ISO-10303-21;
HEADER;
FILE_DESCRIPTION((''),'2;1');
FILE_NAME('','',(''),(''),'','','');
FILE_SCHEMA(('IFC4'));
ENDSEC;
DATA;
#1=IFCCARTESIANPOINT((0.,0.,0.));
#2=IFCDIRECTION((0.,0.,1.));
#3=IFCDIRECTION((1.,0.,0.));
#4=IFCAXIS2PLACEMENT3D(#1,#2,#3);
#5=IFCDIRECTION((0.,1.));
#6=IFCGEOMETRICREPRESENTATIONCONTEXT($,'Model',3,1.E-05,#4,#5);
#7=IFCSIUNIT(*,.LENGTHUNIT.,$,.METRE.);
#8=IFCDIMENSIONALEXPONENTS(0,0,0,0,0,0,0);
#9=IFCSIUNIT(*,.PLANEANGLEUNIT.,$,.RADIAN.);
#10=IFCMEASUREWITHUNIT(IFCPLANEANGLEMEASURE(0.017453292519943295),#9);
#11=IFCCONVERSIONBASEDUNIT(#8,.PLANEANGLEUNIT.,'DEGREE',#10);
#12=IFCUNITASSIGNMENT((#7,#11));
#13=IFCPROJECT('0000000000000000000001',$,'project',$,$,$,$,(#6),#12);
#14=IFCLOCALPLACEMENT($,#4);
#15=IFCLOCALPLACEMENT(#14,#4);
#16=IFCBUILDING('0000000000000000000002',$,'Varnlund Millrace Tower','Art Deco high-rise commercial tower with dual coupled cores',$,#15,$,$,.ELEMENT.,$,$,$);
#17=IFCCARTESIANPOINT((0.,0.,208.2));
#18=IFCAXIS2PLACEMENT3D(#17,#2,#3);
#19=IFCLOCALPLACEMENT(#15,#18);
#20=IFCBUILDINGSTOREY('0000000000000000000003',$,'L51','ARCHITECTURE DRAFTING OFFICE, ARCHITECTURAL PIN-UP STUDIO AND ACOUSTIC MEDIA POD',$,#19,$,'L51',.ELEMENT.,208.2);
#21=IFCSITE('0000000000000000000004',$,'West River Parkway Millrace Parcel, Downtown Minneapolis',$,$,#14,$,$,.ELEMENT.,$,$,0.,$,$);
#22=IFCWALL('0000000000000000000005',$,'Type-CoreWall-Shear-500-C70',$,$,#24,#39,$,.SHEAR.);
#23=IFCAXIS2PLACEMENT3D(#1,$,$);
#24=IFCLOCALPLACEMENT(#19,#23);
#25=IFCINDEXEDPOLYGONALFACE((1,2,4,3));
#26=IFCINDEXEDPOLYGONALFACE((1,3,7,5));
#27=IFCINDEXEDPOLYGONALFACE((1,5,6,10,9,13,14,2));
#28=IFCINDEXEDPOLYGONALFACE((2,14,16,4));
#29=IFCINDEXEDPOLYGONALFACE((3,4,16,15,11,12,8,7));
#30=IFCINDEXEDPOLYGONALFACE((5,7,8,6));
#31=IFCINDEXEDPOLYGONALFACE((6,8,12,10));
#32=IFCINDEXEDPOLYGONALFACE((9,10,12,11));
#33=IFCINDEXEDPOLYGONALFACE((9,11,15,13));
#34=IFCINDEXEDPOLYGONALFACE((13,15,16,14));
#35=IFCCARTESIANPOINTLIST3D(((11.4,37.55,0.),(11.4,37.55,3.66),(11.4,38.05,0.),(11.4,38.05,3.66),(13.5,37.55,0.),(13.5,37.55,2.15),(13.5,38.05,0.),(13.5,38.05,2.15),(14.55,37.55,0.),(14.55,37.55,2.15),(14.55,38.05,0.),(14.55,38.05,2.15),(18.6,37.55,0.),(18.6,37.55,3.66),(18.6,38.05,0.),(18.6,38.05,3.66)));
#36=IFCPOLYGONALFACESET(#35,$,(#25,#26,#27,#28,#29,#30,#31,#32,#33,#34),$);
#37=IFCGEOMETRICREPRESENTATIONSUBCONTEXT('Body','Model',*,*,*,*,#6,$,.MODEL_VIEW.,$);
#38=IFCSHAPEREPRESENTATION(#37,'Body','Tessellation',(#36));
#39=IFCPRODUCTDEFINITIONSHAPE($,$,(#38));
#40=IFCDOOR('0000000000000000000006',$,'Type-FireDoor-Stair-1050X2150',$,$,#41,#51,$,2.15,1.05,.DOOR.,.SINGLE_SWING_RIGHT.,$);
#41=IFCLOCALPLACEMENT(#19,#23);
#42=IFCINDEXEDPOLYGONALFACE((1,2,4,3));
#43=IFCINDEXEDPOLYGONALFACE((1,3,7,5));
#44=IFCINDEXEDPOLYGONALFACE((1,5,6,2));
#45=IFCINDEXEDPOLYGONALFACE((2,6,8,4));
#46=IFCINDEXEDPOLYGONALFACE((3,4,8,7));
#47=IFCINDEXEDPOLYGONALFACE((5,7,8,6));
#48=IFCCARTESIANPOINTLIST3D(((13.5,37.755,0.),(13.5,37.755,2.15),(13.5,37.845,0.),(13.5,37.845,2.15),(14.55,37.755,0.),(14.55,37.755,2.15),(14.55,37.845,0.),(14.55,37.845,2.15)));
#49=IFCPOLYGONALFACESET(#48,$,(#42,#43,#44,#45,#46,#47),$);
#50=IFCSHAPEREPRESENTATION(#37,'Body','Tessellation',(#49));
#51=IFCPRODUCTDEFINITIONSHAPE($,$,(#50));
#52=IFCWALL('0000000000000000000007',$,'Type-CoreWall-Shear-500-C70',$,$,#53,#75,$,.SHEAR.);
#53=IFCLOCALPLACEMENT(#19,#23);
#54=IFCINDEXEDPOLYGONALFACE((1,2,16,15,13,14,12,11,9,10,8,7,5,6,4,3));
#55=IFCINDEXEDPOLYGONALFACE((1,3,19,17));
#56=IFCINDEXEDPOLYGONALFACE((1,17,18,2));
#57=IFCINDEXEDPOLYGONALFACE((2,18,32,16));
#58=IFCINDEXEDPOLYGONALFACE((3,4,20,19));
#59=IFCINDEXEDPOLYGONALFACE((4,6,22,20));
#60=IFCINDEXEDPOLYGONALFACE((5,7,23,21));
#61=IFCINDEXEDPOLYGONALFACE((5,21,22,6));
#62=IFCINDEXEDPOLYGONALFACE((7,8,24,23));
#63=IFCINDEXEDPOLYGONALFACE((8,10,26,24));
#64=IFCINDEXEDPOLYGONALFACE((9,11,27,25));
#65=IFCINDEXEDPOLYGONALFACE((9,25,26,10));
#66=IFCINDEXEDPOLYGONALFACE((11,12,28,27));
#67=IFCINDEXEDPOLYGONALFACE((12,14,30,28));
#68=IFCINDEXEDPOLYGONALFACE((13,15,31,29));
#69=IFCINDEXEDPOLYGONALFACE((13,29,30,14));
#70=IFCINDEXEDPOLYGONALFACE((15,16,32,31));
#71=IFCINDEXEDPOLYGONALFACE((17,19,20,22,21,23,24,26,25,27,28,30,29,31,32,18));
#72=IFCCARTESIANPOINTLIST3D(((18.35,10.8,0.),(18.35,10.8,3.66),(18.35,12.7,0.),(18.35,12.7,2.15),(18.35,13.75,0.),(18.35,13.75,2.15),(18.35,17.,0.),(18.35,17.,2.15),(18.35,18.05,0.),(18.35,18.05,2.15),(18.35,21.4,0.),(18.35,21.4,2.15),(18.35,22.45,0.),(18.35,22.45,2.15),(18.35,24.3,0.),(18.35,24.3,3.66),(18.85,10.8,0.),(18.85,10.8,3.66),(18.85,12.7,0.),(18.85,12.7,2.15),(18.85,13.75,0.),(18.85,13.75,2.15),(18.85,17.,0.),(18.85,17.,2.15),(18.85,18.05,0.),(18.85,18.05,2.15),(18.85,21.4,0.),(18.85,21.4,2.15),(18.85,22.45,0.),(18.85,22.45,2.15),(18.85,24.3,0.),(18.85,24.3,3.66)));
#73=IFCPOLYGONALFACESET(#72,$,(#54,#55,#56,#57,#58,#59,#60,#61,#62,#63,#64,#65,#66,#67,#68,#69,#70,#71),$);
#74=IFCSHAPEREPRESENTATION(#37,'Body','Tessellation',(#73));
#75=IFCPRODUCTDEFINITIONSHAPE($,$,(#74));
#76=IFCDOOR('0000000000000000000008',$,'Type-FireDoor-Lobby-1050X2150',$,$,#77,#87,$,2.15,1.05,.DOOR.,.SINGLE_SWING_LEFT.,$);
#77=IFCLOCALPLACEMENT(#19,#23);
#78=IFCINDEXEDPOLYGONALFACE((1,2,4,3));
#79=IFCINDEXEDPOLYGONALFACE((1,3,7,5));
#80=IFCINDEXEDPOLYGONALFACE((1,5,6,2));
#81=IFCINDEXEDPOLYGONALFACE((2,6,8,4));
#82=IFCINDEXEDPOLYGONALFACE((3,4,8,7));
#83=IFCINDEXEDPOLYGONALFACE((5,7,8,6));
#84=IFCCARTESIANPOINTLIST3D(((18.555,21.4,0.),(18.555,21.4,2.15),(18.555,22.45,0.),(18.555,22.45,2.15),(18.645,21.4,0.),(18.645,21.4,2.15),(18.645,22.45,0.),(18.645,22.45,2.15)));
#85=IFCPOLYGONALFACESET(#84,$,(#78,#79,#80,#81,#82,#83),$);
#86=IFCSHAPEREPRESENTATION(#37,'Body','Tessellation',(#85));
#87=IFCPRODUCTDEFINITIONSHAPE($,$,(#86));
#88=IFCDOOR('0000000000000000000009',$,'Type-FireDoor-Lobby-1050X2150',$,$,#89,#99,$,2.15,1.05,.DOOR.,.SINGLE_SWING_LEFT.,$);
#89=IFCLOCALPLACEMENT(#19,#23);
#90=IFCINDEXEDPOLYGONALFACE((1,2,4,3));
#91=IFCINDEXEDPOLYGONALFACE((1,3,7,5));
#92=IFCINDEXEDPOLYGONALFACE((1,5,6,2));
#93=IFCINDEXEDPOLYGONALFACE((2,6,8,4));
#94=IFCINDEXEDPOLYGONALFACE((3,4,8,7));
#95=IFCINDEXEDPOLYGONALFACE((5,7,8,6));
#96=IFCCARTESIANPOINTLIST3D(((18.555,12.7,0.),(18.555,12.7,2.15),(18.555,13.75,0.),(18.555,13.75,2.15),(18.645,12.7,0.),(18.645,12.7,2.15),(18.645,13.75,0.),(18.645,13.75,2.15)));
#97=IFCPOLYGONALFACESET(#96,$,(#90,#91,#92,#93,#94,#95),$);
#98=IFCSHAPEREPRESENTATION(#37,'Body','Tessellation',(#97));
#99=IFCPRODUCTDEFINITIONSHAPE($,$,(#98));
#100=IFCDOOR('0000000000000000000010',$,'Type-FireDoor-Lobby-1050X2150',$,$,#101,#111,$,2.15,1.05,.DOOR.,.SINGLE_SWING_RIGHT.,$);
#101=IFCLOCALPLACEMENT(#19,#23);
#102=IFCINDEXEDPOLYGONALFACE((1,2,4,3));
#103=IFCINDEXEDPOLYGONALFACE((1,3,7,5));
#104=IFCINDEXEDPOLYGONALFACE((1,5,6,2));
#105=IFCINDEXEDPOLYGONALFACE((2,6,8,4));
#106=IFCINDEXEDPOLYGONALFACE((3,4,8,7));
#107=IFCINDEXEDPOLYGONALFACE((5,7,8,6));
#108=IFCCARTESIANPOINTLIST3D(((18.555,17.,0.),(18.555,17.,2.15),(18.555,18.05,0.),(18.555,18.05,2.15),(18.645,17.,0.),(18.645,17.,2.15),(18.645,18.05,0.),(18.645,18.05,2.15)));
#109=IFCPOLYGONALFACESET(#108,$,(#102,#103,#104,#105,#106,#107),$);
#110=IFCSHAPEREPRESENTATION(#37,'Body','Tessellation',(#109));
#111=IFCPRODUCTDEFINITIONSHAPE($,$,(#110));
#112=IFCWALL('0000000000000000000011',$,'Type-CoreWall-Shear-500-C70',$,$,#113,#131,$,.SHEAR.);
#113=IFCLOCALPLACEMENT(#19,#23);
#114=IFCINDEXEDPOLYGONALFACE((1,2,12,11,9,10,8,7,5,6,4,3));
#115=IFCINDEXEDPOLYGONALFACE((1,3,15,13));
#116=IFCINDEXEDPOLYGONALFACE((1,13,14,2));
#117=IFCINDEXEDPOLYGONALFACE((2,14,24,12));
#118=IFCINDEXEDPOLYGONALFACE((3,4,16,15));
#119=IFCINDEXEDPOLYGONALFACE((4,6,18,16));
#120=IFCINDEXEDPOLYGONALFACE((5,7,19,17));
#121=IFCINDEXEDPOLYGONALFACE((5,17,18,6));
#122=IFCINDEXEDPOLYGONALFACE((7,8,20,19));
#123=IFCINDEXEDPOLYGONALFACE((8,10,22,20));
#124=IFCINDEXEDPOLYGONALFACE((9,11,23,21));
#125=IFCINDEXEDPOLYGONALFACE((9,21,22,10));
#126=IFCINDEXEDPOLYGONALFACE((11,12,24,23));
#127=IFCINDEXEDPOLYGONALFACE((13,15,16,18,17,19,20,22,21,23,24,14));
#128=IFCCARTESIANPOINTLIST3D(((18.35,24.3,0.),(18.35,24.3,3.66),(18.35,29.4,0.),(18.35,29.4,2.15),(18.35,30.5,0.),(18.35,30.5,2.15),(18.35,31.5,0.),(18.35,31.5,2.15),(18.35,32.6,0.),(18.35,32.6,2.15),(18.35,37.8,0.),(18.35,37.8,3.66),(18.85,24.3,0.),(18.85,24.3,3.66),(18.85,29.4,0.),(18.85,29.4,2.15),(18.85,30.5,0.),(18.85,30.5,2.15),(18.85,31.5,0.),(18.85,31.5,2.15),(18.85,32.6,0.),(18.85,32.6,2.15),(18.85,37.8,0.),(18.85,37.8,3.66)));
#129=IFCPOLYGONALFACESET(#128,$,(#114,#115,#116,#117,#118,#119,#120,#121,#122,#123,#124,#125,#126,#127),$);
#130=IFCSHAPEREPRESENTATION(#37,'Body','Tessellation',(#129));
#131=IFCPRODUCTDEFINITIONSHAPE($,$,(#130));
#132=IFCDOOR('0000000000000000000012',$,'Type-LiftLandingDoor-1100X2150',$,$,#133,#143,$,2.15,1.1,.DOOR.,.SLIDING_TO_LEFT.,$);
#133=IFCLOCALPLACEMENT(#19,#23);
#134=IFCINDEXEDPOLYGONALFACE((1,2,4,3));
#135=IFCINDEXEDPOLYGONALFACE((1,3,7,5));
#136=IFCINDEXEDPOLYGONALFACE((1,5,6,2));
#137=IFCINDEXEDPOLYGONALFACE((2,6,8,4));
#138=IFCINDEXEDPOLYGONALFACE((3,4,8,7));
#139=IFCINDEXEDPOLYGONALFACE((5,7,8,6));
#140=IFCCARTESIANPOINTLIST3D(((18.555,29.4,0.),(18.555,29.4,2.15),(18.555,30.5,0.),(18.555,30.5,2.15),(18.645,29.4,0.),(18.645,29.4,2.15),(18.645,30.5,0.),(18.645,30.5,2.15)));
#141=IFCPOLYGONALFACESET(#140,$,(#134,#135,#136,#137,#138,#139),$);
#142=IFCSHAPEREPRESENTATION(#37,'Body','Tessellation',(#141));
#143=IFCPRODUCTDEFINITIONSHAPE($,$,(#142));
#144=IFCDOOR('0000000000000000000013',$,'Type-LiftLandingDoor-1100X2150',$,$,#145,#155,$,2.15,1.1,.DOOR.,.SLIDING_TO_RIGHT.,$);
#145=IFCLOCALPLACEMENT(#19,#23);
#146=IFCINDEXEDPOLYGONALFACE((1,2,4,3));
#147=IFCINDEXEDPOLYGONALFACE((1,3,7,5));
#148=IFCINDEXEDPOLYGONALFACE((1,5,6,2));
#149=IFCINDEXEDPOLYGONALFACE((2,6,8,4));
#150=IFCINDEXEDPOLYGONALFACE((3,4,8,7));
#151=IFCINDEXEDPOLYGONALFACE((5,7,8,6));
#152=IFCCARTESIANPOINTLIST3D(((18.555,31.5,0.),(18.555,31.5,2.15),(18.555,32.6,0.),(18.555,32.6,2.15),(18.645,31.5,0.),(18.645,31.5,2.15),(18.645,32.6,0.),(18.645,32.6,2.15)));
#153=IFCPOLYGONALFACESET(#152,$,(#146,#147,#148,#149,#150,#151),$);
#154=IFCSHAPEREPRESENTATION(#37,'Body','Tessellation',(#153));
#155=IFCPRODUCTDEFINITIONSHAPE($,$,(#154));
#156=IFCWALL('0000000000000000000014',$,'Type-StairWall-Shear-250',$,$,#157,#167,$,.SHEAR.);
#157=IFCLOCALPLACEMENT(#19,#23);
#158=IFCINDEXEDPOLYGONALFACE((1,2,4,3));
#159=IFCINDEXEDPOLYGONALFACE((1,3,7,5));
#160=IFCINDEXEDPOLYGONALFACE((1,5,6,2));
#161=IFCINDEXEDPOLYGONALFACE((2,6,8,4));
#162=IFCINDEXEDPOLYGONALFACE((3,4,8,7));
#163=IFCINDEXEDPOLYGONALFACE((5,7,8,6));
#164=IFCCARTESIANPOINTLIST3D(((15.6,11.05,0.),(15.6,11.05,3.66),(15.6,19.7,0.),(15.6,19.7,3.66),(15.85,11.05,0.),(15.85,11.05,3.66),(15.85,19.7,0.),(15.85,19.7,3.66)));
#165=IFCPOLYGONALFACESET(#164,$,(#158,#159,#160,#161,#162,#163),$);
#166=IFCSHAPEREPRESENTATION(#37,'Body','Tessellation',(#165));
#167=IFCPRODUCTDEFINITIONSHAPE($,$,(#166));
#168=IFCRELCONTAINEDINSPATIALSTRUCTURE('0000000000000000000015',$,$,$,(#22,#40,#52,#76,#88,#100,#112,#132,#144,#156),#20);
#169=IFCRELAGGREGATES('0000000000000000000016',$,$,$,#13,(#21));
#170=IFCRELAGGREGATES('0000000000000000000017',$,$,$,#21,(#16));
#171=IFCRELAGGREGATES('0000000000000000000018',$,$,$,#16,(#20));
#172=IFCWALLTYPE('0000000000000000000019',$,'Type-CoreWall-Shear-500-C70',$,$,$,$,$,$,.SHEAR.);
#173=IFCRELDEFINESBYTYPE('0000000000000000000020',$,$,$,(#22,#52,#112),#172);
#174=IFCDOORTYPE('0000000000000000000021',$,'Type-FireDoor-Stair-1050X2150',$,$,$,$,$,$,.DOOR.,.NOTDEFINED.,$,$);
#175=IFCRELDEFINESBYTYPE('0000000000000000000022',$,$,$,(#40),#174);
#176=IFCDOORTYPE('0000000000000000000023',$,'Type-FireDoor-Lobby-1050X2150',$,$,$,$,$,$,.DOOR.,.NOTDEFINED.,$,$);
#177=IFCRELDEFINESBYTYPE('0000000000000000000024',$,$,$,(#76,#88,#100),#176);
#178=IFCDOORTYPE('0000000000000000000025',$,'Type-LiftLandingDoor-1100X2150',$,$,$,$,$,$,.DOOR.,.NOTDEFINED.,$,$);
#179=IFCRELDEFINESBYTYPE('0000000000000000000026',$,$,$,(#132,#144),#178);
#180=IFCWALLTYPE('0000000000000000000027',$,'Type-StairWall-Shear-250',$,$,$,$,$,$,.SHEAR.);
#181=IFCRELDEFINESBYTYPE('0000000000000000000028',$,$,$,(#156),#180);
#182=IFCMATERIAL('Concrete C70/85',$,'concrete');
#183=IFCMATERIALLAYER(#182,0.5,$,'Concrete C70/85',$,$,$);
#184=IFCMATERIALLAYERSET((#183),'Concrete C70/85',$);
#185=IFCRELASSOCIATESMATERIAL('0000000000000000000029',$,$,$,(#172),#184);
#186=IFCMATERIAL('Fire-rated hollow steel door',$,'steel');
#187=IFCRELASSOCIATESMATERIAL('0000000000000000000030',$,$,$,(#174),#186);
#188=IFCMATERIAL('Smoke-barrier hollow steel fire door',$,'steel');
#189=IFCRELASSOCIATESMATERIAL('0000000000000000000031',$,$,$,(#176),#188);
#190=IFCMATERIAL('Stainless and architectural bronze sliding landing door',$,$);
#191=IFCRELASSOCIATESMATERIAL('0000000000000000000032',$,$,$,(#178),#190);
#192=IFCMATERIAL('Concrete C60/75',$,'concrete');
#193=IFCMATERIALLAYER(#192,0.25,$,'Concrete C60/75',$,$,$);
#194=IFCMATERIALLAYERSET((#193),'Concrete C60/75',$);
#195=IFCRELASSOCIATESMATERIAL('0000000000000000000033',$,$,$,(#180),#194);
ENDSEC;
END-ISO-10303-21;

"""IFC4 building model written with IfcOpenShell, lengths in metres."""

from ifc_helpers import new_model, entity, si_unit, converted_unit, direction, frame, origin_with_axes, origin_2d_with_axis, place, context, subcontext, project, spatial, polyline, rectangle, outline, extrude, material, layer, layer_set, type_object, element, fill, save


model = new_model("IFC4")

# Units and contexts
model_context = context("Model", 3, precision=1e-05, world=origin_with_axes(), true_north=direction((0.0, 1.0)))
body_context = subcontext(model_context, "Body", "Model", "MODEL_VIEW")
ifc_project = project(units=[si_unit("LENGTHUNIT", "METRE"), converted_unit("PLANEANGLEUNIT", "DEGREE", entity("IfcPlaneAngleMeasure", 0.017453292519943295), si_unit("PLANEANGLEUNIT", "RADIAN"), dimensions=[0, 0, 0, 0, 0, 0, 0])], contexts=[model_context])

# Site, building, storey
site_placement = place(None, origin_with_axes())
site = spatial("IfcSite", under=ifc_project, at=site_placement, Name="West River Parkway Millrace Parcel, Downtown Minneapolis", CompositionType="ELEMENT", RefElevation=0.0)
building_placement = place(site_placement, origin_with_axes())
building = spatial("IfcBuilding", under=site, at=building_placement, Name="Varnlund Millrace Tower", Description="Art Deco high-rise commercial tower with dual coupled cores", CompositionType="ELEMENT")
storey_placement = place(building_placement, frame((0.0, 0.0, 208.2), z_axis=(0.0, 0.0, 1.0), x_axis=(1.0, 0.0, 0.0)))
storey = spatial("IfcBuildingStorey", under=building, at=storey_placement, Name="L51", Description="ARCHITECTURE DRAFTING OFFICE, ARCHITECTURAL PIN-UP STUDIO AND ACOUSTIC MEDIA POD", LongName="L51", CompositionType="ELEMENT", Elevation=208.2)

# Shared definitions
ifc_material_1 = material(Name="Concrete C60/75", Category="concrete")

# Shared definitions
ifc_material_2 = material(Name="Concrete C70/85", Category="concrete")
ifc_layer_1 = layer(ifc_material_2, 0.5, Name="Concrete C70/85")
ifc_layer_set_1 = layer_set([ifc_layer_1], Name="Concrete C70/85")
wall_type_1 = type_object("IfcWallType", Name="Type-CoreWall-Shear-500-C70", PredefinedType="SHEAR", material=ifc_layer_set_1)

# Wall, opening, door
ifc_material_3 = material(Name="Fire-rated hollow steel door", Category="steel")
door_type_1 = type_object("IfcDoorType", Name="Type-FireDoor-Stair-1050X2150", OperationType="NOTDEFINED", PredefinedType="DOOR", material=ifc_material_3)
wall_1_placement = place(storey_placement, frame((11.4, 37.8, 0.0), z_axis=(0.0, 0.0, 1.0), x_axis=(1.0, 0.0, 0.0)))
wall_1 = element("IfcWall", 1, at=wall_1_placement, inside=storey, type_object=wall_type_1, Name="Type-CoreWall-Shear-500-C70", PredefinedType="SHEAR", context=body_context, shape_type="SweptSolid", body=[
    extrude(outline(polyline([(0.0, -0.25), (7.2, -0.25), (7.2, 0.25), (0.0, 0.25), (0.0, -0.25)])), origin_with_axes(), (0.0, 0.0, 1.0), 3.66),
])
opening_1_placement = place(wall_1_placement, frame((2.625, 0.0, 0.0), z_axis=(0.0, 0.0, 1.0), x_axis=(1.0, 0.0, 0.0)))
opening_1 = element("IfcOpeningElement", 2, at=opening_1_placement, cuts=wall_1, PredefinedType="OPENING", context=body_context, shape_type="SweptSolid", body=[
    extrude(rectangle(XDim=1.05, YDim=0.52, at=origin_2d_with_axis()), origin_with_axes(), (0.0, 0.0, 1.0), 2.15),
])
door_1_placement = place(wall_1_placement, frame((2.625, 0.0, 0.0), z_axis=(0.0, 0.0, 1.0), x_axis=(1.0, 0.0, 0.0)))
door_1 = element("IfcDoor", 3, at=door_1_placement, inside=storey, type_object=door_type_1, Name="Type-FireDoor-Stair-1050X2150", OperationType="SINGLE_SWING_RIGHT", OverallHeight=2.15, OverallWidth=1.05, PredefinedType="DOOR", context=body_context, shape_type="SweptSolid", body=[
    extrude(rectangle(XDim=1.05, YDim=0.09, at=origin_2d_with_axis()), origin_with_axes(), (0.0, 0.0, 1.0), 2.15),
])
fill(opening_1, door_1)

# Walls, openings, doors
wall_2_placement = place(storey_placement, frame((18.6, 10.8, 0.0), z_axis=(0.0, 0.0, 1.0), x_axis=(0.0, 1.0, 0.0)))
wall_2 = element("IfcWall", 4, at=wall_2_placement, inside=storey, type_object=wall_type_1, Name="Type-CoreWall-Shear-500-C70", PredefinedType="SHEAR", context=body_context, shape_type="SweptSolid", body=[
    extrude(outline(polyline([(0.0, -0.25), (13.5, -0.25), (13.5, 0.25), (0.0, 0.25), (0.0, -0.25)])), origin_with_axes(), (0.0, 0.0, 1.0), 3.66),
])
opening_2_placement = place(wall_2_placement, frame((11.125, 0.0, 0.0), z_axis=(0.0, 0.0, 1.0), x_axis=(1.0, 0.0, 0.0)))
opening_2 = element("IfcOpeningElement", 5, at=opening_2_placement, cuts=wall_2, PredefinedType="OPENING", context=body_context, shape_type="SweptSolid", body=[
    extrude(rectangle(XDim=1.05, YDim=0.52, at=origin_2d_with_axis()), origin_with_axes(), (0.0, 0.0, 1.0), 2.15),
])
opening_3_placement = place(wall_2_placement, frame((2.425, 0.0, 0.0), z_axis=(0.0, 0.0, 1.0), x_axis=(1.0, 0.0, 0.0)))
opening_3 = element("IfcOpeningElement", 6, at=opening_3_placement, cuts=wall_2, PredefinedType="OPENING", context=body_context, shape_type="SweptSolid", body=[
    extrude(rectangle(XDim=1.05, YDim=0.52, at=origin_2d_with_axis()), origin_with_axes(), (0.0, 0.0, 1.0), 2.15),
])
opening_4_placement = place(wall_2_placement, frame((6.725, 0.0, 0.0), z_axis=(0.0, 0.0, 1.0), x_axis=(1.0, 0.0, 0.0)))
opening_4 = element("IfcOpeningElement", 7, at=opening_4_placement, cuts=wall_2, PredefinedType="OPENING", context=body_context, shape_type="SweptSolid", body=[
    extrude(rectangle(XDim=1.05, YDim=0.52, at=origin_2d_with_axis()), origin_with_axes(), (0.0, 0.0, 1.0), 2.15),
])
ifc_material_4 = material(Name="Smoke-barrier hollow steel fire door", Category="steel")
door_type_2 = type_object("IfcDoorType", Name="Type-FireDoor-Lobby-1050X2150", OperationType="NOTDEFINED", PredefinedType="DOOR", material=ifc_material_4)
door_2_placement = place(wall_2_placement, frame((11.125, 0.0, 0.0), z_axis=(0.0, 0.0, 1.0), x_axis=(1.0, 0.0, 0.0)))
door_2 = element("IfcDoor", 8, at=door_2_placement, inside=storey, type_object=door_type_2, Name="Type-FireDoor-Lobby-1050X2150", OperationType="SINGLE_SWING_LEFT", OverallHeight=2.15, OverallWidth=1.05, PredefinedType="DOOR", context=body_context, shape_type="SweptSolid", body=[
    extrude(rectangle(XDim=1.05, YDim=0.09, at=origin_2d_with_axis()), origin_with_axes(), (0.0, 0.0, 1.0), 2.15),
])
fill(opening_2, door_2)
door_3_placement = place(wall_2_placement, frame((2.425, 0.0, 0.0), z_axis=(0.0, 0.0, 1.0), x_axis=(1.0, 0.0, 0.0)))
door_3 = element("IfcDoor", 9, at=door_3_placement, inside=storey, type_object=door_type_2, Name="Type-FireDoor-Lobby-1050X2150", OperationType="SINGLE_SWING_LEFT", OverallHeight=2.15, OverallWidth=1.05, PredefinedType="DOOR", context=body_context, shape_type="SweptSolid", body=[
    extrude(rectangle(XDim=1.05, YDim=0.09, at=origin_2d_with_axis()), origin_with_axes(), (0.0, 0.0, 1.0), 2.15),
])
fill(opening_3, door_3)
door_4_placement = place(wall_2_placement, frame((6.725, 0.0, 0.0), z_axis=(0.0, 0.0, 1.0), x_axis=(1.0, 0.0, 0.0)))
door_4 = element("IfcDoor", 10, at=door_4_placement, inside=storey, type_object=door_type_2, Name="Type-FireDoor-Lobby-1050X2150", OperationType="SINGLE_SWING_RIGHT", OverallHeight=2.15, OverallWidth=1.05, PredefinedType="DOOR", context=body_context, shape_type="SweptSolid", body=[
    extrude(rectangle(XDim=1.05, YDim=0.09, at=origin_2d_with_axis()), origin_with_axes(), (0.0, 0.0, 1.0), 2.15),
])
fill(opening_4, door_4)
wall_3_placement = place(storey_placement, frame((18.6, 24.3, 0.0), z_axis=(0.0, 0.0, 1.0), x_axis=(0.0, 1.0, 0.0)))
wall_3 = element("IfcWall", 11, at=wall_3_placement, inside=storey, type_object=wall_type_1, Name="Type-CoreWall-Shear-500-C70", PredefinedType="SHEAR", context=body_context, shape_type="SweptSolid", body=[
    extrude(outline(polyline([(0.0, -0.25), (13.5, -0.25), (13.5, 0.25), (0.0, 0.25), (0.0, -0.25)])), origin_with_axes(), (0.0, 0.0, 1.0), 3.66),
])
opening_5_placement = place(wall_3_placement, frame((5.65, 0.0, 0.0), z_axis=(0.0, 0.0, 1.0), x_axis=(1.0, 0.0, 0.0)))
opening_5 = element("IfcOpeningElement", 12, at=opening_5_placement, cuts=wall_3, PredefinedType="OPENING", context=body_context, shape_type="SweptSolid", body=[
    extrude(rectangle(XDim=1.1, YDim=0.52, at=origin_2d_with_axis()), origin_with_axes(), (0.0, 0.0, 1.0), 2.15),
])
opening_6_placement = place(wall_3_placement, frame((7.75, 0.0, 0.0), z_axis=(0.0, 0.0, 1.0), x_axis=(1.0, 0.0, 0.0)))
opening_6 = element("IfcOpeningElement", 13, at=opening_6_placement, cuts=wall_3, PredefinedType="OPENING", context=body_context, shape_type="SweptSolid", body=[
    extrude(rectangle(XDim=1.1, YDim=0.52, at=origin_2d_with_axis()), origin_with_axes(), (0.0, 0.0, 1.0), 2.15),
])
ifc_material_5 = material(Name="Stainless and architectural bronze sliding landing door")
door_type_3 = type_object("IfcDoorType", Name="Type-LiftLandingDoor-1100X2150", OperationType="NOTDEFINED", PredefinedType="DOOR", material=ifc_material_5)
door_5_placement = place(wall_3_placement, frame((5.65, 0.0, 0.0), z_axis=(0.0, 0.0, 1.0), x_axis=(1.0, 0.0, 0.0)))
door_5 = element("IfcDoor", 14, at=door_5_placement, inside=storey, type_object=door_type_3, Name="Type-LiftLandingDoor-1100X2150", OperationType="SLIDING_TO_LEFT", OverallHeight=2.15, OverallWidth=1.1, PredefinedType="DOOR", context=body_context, shape_type="SweptSolid", body=[
    extrude(rectangle(XDim=1.1, YDim=0.09, at=origin_2d_with_axis()), origin_with_axes(), (0.0, 0.0, 1.0), 2.15),
])
fill(opening_5, door_5)
door_6_placement = place(wall_3_placement, frame((7.75, 0.0, 0.0), z_axis=(0.0, 0.0, 1.0), x_axis=(1.0, 0.0, 0.0)))
door_6 = element("IfcDoor", 15, at=door_6_placement, inside=storey, type_object=door_type_3, Name="Type-LiftLandingDoor-1100X2150", OperationType="SLIDING_TO_RIGHT", OverallHeight=2.15, OverallWidth=1.1, PredefinedType="DOOR", context=body_context, shape_type="SweptSolid", body=[
    extrude(rectangle(XDim=1.1, YDim=0.09, at=origin_2d_with_axis()), origin_with_axes(), (0.0, 0.0, 1.0), 2.15),
])
fill(opening_6, door_6)

# Wall
ifc_layer_2 = layer(ifc_material_1, 0.25, Name="Concrete C60/75")
ifc_layer_set_2 = layer_set([ifc_layer_2], Name="Concrete C60/75")
wall_type_2 = type_object("IfcWallType", Name="Type-StairWall-Shear-250", PredefinedType="SHEAR", material=ifc_layer_set_2)
wall_4_placement = place(storey_placement, frame((15.725, 11.05, 0.0), z_axis=(0.0, 0.0, 1.0), x_axis=(0.0, 1.0, 0.0)))
element("IfcWall", 16, at=wall_4_placement, inside=storey, type_object=wall_type_2, Name="Type-StairWall-Shear-250", PredefinedType="SHEAR", context=body_context, shape_type="SweptSolid", body=[
    extrude(outline(polyline([(0.0, -0.125), (8.65, -0.125), (8.65, 0.125), (0.0, 0.125), (0.0, -0.125)])), origin_with_axes(), (0.0, 0.0, 1.0), 3.66),
])

save(model, "model.ifc")
